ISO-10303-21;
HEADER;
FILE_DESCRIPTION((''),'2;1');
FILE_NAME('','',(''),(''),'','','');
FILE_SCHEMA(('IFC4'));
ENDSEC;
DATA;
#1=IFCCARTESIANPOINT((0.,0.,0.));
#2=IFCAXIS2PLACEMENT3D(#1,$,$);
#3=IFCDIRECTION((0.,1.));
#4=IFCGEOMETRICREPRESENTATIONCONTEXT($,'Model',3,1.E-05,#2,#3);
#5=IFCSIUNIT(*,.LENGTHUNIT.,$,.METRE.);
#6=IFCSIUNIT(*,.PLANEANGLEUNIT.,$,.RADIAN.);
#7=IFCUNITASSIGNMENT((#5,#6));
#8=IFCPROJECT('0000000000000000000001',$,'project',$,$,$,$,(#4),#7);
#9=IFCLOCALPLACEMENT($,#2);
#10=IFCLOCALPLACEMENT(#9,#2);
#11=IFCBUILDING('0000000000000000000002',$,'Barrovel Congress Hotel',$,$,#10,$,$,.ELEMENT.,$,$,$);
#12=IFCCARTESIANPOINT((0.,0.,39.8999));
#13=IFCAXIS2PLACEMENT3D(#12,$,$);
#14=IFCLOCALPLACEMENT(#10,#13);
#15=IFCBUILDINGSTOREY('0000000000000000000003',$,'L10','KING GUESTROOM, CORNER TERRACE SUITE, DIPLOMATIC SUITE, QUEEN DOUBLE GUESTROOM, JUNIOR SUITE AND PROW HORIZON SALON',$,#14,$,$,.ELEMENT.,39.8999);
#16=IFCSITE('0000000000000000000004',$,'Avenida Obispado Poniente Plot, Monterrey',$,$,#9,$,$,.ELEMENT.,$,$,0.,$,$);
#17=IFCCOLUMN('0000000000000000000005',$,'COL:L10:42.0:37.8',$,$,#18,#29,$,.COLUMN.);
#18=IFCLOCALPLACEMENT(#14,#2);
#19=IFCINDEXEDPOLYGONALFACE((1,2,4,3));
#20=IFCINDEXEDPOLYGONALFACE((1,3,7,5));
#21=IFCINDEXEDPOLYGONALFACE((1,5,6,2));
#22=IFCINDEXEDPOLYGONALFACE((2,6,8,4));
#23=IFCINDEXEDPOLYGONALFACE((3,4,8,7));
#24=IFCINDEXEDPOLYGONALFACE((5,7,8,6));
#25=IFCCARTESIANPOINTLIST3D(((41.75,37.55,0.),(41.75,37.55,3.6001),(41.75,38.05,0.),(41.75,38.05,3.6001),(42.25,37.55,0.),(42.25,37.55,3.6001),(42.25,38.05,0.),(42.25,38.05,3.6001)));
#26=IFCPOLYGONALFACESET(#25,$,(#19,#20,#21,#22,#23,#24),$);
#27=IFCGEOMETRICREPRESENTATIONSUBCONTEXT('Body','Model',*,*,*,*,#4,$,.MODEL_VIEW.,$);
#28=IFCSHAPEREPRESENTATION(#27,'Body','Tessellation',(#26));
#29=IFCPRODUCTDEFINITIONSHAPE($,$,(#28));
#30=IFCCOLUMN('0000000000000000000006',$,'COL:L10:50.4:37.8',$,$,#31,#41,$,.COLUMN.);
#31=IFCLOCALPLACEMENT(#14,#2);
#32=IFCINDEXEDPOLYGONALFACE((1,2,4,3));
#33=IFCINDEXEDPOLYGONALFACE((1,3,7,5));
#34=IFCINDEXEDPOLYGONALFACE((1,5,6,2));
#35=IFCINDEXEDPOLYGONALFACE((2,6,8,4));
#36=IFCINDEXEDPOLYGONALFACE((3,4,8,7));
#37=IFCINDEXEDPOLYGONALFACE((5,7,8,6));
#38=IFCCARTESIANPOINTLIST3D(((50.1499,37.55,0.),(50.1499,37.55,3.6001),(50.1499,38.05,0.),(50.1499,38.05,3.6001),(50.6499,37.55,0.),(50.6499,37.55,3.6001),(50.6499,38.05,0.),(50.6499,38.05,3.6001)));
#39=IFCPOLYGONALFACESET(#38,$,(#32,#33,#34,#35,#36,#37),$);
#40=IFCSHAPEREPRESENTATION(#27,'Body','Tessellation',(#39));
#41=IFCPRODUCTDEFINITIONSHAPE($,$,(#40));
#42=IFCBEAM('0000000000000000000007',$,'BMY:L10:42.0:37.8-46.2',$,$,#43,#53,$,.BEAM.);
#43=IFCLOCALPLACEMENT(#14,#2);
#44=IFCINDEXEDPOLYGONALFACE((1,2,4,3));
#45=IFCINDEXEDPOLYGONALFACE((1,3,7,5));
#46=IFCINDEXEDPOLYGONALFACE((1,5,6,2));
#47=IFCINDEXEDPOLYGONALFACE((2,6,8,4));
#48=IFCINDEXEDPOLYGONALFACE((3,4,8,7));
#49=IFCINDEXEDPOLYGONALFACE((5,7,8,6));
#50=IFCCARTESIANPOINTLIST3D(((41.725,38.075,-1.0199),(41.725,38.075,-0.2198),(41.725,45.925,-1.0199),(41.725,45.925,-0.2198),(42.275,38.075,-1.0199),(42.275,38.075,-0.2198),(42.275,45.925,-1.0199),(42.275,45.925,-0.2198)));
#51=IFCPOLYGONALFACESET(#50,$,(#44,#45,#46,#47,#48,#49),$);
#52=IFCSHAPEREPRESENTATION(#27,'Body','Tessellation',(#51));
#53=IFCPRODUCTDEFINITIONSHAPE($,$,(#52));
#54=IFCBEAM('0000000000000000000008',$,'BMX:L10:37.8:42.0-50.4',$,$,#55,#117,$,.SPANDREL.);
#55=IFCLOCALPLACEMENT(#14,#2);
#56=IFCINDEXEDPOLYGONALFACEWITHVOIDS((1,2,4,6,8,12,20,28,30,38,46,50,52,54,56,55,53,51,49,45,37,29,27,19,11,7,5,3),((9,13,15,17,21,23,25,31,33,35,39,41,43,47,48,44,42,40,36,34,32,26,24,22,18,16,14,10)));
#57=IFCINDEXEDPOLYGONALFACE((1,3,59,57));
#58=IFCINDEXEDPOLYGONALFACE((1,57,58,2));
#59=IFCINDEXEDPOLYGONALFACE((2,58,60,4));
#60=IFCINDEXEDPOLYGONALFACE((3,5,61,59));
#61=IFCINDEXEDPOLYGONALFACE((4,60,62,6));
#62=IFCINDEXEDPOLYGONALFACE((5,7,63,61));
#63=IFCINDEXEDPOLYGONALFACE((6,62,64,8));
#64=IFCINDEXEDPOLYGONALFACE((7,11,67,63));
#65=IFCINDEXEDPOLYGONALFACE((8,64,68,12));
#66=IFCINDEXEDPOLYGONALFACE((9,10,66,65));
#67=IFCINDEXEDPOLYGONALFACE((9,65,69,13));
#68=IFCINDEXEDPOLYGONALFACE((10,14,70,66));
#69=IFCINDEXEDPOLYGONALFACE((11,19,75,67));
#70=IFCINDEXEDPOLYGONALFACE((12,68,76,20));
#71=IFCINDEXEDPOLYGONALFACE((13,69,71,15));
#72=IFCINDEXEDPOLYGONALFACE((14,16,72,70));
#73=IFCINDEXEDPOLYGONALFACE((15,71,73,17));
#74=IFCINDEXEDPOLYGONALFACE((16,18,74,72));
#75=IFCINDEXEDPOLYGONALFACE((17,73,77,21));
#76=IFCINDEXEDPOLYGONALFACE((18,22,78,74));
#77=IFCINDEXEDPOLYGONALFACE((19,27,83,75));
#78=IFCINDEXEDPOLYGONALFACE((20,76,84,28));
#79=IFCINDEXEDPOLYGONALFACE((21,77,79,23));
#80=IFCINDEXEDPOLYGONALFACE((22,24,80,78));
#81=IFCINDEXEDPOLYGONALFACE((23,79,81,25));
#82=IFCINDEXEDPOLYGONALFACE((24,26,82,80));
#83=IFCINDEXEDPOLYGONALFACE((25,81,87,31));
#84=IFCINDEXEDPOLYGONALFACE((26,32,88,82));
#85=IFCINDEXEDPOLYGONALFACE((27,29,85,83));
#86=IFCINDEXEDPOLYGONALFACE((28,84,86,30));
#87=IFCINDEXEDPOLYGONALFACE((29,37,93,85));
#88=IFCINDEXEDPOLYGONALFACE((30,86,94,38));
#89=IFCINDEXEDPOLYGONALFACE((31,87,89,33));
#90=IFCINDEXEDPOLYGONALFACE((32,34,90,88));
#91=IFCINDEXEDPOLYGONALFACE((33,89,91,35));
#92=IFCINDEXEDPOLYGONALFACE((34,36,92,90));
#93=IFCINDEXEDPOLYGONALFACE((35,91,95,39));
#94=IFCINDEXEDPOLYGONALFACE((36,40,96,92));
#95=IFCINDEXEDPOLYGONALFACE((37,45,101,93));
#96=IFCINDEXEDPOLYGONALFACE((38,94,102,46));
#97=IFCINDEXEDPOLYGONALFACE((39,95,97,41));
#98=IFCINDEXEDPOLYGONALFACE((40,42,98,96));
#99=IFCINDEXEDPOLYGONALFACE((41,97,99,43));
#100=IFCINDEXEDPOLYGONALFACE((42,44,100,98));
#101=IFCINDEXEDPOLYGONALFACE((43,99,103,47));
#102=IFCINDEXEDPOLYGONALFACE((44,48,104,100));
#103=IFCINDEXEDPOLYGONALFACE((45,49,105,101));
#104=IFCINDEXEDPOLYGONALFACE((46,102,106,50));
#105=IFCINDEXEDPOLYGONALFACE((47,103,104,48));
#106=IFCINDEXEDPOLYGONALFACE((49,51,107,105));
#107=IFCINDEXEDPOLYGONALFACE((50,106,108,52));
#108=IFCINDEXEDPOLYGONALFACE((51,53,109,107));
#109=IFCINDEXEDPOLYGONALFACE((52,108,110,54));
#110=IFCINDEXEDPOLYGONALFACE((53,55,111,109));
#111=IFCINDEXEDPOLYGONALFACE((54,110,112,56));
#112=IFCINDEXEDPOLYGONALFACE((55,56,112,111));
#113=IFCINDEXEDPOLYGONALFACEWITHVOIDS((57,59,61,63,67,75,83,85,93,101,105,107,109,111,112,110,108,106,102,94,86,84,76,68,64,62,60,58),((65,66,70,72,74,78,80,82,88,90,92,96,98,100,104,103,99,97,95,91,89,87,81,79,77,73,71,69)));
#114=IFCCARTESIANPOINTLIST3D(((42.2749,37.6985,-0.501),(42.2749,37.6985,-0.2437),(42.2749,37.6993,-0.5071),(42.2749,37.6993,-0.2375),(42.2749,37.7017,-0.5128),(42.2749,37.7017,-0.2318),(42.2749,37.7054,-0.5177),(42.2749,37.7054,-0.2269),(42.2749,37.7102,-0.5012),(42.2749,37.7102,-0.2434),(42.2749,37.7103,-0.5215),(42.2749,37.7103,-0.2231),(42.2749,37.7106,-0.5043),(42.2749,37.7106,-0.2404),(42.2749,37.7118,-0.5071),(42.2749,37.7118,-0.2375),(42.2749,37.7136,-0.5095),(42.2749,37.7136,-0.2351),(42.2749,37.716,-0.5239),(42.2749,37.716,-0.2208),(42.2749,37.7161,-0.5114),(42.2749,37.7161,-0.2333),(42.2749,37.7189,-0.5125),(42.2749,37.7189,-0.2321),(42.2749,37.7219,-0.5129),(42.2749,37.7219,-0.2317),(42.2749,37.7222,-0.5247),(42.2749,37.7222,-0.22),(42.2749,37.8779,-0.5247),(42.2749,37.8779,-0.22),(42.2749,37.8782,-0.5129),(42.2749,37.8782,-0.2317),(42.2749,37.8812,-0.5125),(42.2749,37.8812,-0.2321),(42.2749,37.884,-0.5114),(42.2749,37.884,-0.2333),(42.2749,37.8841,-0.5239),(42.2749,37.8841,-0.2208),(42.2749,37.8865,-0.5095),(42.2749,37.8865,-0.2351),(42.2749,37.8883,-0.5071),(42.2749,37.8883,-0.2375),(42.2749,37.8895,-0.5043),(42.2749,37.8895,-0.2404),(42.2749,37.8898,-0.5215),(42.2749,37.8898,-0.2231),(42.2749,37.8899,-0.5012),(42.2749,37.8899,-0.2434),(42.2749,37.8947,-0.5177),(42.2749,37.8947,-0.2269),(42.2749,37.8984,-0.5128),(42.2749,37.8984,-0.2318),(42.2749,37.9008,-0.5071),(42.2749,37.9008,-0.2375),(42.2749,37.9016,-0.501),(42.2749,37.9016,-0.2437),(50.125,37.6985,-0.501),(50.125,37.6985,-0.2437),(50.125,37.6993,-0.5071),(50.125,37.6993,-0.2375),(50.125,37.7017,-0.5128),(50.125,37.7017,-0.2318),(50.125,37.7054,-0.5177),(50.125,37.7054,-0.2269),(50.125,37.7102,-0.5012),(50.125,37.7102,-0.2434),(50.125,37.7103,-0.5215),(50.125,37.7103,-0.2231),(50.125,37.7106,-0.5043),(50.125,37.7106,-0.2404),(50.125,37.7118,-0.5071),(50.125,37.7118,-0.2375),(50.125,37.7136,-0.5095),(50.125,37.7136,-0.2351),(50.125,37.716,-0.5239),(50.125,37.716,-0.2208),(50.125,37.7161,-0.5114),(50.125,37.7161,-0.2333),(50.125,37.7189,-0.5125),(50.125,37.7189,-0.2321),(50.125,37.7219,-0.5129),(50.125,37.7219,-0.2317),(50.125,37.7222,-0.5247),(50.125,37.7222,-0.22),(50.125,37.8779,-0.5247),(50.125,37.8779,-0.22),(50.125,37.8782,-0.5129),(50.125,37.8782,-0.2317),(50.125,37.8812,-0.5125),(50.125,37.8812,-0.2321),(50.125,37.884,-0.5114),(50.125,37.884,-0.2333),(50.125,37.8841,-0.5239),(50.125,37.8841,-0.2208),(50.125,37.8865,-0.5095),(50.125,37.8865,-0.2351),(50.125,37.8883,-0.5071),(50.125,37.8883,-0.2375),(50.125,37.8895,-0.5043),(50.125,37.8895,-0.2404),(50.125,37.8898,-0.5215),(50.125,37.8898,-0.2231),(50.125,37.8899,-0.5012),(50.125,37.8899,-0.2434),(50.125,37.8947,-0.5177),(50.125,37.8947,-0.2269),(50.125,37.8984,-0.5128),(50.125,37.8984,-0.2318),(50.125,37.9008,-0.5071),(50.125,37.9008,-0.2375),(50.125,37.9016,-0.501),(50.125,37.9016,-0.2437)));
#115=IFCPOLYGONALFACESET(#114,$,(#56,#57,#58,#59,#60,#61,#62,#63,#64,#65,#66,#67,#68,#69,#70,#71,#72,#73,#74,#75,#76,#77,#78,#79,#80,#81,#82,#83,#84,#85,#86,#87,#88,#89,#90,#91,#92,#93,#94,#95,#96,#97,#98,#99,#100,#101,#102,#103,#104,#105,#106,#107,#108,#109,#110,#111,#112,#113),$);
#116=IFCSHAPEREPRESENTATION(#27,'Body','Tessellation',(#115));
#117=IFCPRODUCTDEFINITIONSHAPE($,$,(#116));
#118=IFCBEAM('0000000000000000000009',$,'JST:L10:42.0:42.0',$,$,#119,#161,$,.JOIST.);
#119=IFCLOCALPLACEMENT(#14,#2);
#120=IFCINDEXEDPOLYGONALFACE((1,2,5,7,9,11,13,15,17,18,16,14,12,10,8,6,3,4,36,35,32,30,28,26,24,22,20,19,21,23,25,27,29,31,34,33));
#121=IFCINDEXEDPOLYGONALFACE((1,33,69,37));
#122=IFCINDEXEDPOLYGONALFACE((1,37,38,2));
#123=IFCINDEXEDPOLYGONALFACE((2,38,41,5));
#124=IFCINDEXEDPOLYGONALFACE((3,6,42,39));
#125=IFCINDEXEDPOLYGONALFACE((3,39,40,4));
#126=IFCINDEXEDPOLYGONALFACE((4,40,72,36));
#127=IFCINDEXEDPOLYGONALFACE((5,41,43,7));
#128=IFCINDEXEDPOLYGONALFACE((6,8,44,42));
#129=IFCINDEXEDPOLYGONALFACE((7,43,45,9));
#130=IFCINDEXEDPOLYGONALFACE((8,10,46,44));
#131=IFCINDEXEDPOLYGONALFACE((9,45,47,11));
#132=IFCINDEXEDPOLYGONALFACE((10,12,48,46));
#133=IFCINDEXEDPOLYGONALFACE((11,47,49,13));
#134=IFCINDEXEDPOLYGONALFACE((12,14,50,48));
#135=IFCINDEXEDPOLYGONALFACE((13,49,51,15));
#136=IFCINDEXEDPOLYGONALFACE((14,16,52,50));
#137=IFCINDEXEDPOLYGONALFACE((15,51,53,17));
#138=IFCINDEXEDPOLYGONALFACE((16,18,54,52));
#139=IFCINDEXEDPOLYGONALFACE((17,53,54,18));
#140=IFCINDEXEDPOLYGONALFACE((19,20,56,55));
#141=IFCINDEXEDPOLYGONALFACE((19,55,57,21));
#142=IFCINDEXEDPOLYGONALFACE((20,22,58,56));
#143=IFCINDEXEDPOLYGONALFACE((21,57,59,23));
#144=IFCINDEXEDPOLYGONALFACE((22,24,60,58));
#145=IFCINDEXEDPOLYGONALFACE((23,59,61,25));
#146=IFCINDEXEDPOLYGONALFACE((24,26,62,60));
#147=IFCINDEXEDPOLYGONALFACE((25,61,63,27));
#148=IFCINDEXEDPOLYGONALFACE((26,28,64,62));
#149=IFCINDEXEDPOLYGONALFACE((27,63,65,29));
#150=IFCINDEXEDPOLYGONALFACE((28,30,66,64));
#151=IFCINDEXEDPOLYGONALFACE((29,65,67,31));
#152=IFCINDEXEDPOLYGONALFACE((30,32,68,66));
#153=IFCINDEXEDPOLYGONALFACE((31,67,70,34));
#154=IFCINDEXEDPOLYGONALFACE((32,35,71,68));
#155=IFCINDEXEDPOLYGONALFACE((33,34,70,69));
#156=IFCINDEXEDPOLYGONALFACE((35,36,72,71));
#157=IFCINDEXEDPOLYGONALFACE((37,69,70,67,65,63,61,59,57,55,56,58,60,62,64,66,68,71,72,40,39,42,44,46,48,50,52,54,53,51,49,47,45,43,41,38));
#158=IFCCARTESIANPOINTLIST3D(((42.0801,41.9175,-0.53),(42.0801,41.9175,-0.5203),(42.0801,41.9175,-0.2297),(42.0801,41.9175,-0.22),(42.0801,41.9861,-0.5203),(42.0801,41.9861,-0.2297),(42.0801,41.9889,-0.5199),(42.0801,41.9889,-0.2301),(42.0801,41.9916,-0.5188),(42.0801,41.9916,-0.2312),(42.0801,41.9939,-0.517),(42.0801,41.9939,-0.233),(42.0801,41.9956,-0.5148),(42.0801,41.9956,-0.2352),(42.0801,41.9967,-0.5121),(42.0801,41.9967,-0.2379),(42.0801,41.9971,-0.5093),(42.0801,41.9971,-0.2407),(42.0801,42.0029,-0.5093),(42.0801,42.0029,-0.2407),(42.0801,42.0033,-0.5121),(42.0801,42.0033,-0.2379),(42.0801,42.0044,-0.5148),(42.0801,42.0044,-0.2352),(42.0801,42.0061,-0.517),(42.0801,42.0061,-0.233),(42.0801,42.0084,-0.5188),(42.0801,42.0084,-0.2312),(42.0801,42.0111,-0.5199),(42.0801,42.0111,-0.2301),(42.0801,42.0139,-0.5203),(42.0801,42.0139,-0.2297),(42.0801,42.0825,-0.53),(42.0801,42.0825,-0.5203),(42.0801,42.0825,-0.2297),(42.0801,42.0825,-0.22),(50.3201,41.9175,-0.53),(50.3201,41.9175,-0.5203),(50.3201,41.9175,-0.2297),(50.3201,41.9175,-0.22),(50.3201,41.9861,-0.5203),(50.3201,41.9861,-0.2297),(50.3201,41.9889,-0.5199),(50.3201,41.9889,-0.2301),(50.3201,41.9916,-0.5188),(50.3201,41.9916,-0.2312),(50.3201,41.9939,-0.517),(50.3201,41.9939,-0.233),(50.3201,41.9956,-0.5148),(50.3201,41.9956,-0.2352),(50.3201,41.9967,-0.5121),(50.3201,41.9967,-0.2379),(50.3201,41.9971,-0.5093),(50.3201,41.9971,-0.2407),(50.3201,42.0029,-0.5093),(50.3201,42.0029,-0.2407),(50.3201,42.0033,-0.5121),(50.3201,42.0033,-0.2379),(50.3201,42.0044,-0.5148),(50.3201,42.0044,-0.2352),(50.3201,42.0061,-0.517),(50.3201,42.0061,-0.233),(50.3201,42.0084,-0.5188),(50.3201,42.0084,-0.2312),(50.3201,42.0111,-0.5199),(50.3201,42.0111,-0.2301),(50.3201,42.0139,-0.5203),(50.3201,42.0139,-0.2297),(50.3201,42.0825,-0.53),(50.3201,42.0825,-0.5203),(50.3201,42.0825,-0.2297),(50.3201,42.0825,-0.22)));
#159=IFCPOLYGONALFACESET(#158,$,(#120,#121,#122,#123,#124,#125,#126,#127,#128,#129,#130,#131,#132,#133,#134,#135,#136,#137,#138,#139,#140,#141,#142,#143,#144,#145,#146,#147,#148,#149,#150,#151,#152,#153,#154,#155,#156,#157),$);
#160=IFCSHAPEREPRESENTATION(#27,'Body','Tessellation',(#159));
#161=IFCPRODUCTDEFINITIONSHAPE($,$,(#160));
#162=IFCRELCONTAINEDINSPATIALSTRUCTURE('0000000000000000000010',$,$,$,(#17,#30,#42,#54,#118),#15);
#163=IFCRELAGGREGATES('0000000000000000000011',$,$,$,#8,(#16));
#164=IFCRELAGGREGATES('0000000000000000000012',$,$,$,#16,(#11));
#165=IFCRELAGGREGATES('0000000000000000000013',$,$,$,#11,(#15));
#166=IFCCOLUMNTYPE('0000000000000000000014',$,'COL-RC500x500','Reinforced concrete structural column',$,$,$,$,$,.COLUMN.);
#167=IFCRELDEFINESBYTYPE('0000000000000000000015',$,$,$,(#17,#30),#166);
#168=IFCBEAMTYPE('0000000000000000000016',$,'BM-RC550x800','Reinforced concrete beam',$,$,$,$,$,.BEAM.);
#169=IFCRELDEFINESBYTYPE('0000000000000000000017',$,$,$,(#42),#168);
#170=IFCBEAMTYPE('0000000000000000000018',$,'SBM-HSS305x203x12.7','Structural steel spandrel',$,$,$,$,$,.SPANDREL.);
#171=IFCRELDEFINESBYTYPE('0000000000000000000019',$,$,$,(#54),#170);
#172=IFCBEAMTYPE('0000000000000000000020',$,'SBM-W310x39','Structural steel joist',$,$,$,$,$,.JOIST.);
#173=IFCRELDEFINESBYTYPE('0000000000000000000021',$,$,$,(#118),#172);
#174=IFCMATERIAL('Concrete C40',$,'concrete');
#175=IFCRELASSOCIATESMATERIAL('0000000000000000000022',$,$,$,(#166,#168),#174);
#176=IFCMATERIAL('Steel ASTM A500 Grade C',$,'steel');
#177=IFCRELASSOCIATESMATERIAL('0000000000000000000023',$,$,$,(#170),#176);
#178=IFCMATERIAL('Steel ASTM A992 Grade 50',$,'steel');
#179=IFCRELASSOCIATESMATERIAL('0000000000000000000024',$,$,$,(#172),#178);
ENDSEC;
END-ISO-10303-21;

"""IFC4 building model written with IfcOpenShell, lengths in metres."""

from ifc_helpers import new_model, si_unit, direction, frame, origin, origin_2d, place, context, subcontext, project, spatial, rectangle, hollow_rectangle, i_section, extrude, material, material_profile, profile_set, type_object, element, save


model = new_model("IFC4")

# Units and contexts
model_context = context("Model", 3, precision=1e-05, world=origin(), true_north=direction((0.0, 1.0)))
body_context = subcontext(model_context, "Body", "Model", "MODEL_VIEW")
ifc_project = project(units=[si_unit("LENGTHUNIT", "METRE"), si_unit("PLANEANGLEUNIT", "RADIAN")], contexts=[model_context])

# Site, building, storey
site_placement = place(None, origin())
site = spatial("IfcSite", under=ifc_project, at=site_placement, Name="Avenida Obispado Poniente Plot, Monterrey", CompositionType="ELEMENT", RefElevation=0.0)
building_placement = place(site_placement, origin())
building = spatial("IfcBuilding", under=site, at=building_placement, Name="Barrovel Congress Hotel", CompositionType="ELEMENT")
storey_placement = place(building_placement, frame((0.0, 0.0, 39.8999)))
storey = spatial("IfcBuildingStorey", under=building, at=storey_placement, Name="L10", Description="KING GUESTROOM, CORNER TERRACE SUITE, DIPLOMATIC SUITE, QUEEN DOUBLE GUESTROOM, JUNIOR SUITE AND PROW HORIZON SALON", CompositionType="ELEMENT", Elevation=39.8999)

# Columns
ifc_material_1 = material(Name="Concrete C40", Category="concrete")
ifc_material_profile_1 = material_profile(ifc_material_1, rectangle(XDim=0.5, YDim=0.5, at=origin_2d()), Name="RC500x500")
ifc_profile_set_1 = profile_set([ifc_material_profile_1], Name="Concrete C40")
column_type = type_object("IfcColumnType", Name="COL-RC500x500", Description="Reinforced concrete structural column", PredefinedType="COLUMN", material=ifc_profile_set_1)
for number, where, z_axis, x_axis, name in (
    (1, (42.0, 37.8, 0.0), (0.0, 0.0, 1.0), (1.0, 0.0, 0.0), "COL:L10:42.0:37.8"),
    (2, (50.3999, 37.8, 0.0), (0.0, 0.0, 1.0), (1.0, 0.0, 0.0), "COL:L10:50.4:37.8"),
):
    element("IfcColumn", number, at=place(storey_placement, frame(where, z_axis=z_axis, x_axis=x_axis)), inside=storey, type_object=column_type, Name=name, PredefinedType="COLUMN", context=body_context, shape_type="SweptSolid", body=[
        extrude(rectangle(XDim=0.5, YDim=0.5, at=origin_2d()), origin(), (0.0, 0.0, 1.0), 3.6001),
    ])

# Beams
ifc_material_profile_2 = material_profile(ifc_material_1, rectangle(XDim=0.55, YDim=0.8, at=origin_2d()), Name="RC550x800")
ifc_profile_set_2 = profile_set([ifc_material_profile_2], Name="Concrete C40")
beam_type_1 = type_object("IfcBeamType", Name="BM-RC550x800", Description="Reinforced concrete beam", PredefinedType="BEAM", material=ifc_profile_set_2)
beam_1_placement = place(storey_placement, frame((42.0, 38.075, -0.6199), z_axis=(0.0, 1.0, 0.0), x_axis=(-1.0, 0.0, 0.0)))
element("IfcBeam", 3, at=beam_1_placement, inside=storey, type_object=beam_type_1, Name="BMY:L10:42.0:37.8-46.2", PredefinedType="BEAM", context=body_context, shape_type="SweptSolid", body=[
    extrude(rectangle(XDim=0.55, YDim=0.8, at=origin_2d()), origin(), (0.0, 0.0, 1.0), 7.8501),
])
ifc_material_2 = material(Name="Steel ASTM A500 Grade C", Category="steel")
ifc_material_profile_3 = material_profile(ifc_material_2, hollow_rectangle(XDim=0.2031, YDim=0.3047, WallThickness=0.0117, InnerFilletRadius=0.0117, OuterFilletRadius=0.0237, at=origin_2d()), Name="HSS305x203x12.7")
ifc_profile_set_3 = profile_set([ifc_material_profile_3], Name="Steel ASTM A500 Grade C")
beam_type_2 = type_object("IfcBeamType", Name="SBM-HSS305x203x12.7", Description="Structural steel spandrel", PredefinedType="SPANDREL", material=ifc_profile_set_3)
beam_2_placement = place(storey_placement, frame((42.2749, 37.8, -0.3723), z_axis=(1.0, 0.0, 0.0), x_axis=(0.0, 1.0, 0.0)))
element("IfcBeam", 4, at=beam_2_placement, inside=storey, type_object=beam_type_2, Name="BMX:L10:37.8:42.0-50.4", PredefinedType="SPANDREL", context=body_context, shape_type="SweptSolid", body=[
    extrude(hollow_rectangle(XDim=0.2031, YDim=0.3047, WallThickness=0.0117, InnerFilletRadius=0.0117, OuterFilletRadius=0.0237, at=origin_2d()), origin(), (0.0, 0.0, 1.0), 7.8501),
])
ifc_material_3 = material(Name="Steel ASTM A992 Grade 50", Category="steel")
ifc_material_profile_4 = material_profile(ifc_material_3, i_section(OverallWidth=0.165, OverallDepth=0.3101, WebThickness=0.0059, FlangeThickness=0.0098, FilletRadius=0.011, at=origin_2d()), Name="W310x39")
ifc_profile_set_4 = profile_set([ifc_material_profile_4], Name="Steel ASTM A992 Grade 50")
beam_type_3 = type_object("IfcBeamType", Name="SBM-W310x39", Description="Structural steel joist", PredefinedType="JOIST", material=ifc_profile_set_4)
beam_3_placement = place(storey_placement, frame((42.0801, 42.0, -0.375), z_axis=(1.0, 0.0, 0.0), x_axis=(0.0, 1.0, 0.0)))
element("IfcBeam", 5, at=beam_3_placement, inside=storey, type_object=beam_type_3, Name="JST:L10:42.0:42.0", PredefinedType="JOIST", context=body_context, shape_type="SweptSolid", body=[
    extrude(i_section(OverallWidth=0.165, OverallDepth=0.3101, WebThickness=0.0059, FlangeThickness=0.0098, FilletRadius=0.011, at=origin_2d()), origin(), (0.0, 0.0, 1.0), 8.24),
])

save(model, "model.ifc")
